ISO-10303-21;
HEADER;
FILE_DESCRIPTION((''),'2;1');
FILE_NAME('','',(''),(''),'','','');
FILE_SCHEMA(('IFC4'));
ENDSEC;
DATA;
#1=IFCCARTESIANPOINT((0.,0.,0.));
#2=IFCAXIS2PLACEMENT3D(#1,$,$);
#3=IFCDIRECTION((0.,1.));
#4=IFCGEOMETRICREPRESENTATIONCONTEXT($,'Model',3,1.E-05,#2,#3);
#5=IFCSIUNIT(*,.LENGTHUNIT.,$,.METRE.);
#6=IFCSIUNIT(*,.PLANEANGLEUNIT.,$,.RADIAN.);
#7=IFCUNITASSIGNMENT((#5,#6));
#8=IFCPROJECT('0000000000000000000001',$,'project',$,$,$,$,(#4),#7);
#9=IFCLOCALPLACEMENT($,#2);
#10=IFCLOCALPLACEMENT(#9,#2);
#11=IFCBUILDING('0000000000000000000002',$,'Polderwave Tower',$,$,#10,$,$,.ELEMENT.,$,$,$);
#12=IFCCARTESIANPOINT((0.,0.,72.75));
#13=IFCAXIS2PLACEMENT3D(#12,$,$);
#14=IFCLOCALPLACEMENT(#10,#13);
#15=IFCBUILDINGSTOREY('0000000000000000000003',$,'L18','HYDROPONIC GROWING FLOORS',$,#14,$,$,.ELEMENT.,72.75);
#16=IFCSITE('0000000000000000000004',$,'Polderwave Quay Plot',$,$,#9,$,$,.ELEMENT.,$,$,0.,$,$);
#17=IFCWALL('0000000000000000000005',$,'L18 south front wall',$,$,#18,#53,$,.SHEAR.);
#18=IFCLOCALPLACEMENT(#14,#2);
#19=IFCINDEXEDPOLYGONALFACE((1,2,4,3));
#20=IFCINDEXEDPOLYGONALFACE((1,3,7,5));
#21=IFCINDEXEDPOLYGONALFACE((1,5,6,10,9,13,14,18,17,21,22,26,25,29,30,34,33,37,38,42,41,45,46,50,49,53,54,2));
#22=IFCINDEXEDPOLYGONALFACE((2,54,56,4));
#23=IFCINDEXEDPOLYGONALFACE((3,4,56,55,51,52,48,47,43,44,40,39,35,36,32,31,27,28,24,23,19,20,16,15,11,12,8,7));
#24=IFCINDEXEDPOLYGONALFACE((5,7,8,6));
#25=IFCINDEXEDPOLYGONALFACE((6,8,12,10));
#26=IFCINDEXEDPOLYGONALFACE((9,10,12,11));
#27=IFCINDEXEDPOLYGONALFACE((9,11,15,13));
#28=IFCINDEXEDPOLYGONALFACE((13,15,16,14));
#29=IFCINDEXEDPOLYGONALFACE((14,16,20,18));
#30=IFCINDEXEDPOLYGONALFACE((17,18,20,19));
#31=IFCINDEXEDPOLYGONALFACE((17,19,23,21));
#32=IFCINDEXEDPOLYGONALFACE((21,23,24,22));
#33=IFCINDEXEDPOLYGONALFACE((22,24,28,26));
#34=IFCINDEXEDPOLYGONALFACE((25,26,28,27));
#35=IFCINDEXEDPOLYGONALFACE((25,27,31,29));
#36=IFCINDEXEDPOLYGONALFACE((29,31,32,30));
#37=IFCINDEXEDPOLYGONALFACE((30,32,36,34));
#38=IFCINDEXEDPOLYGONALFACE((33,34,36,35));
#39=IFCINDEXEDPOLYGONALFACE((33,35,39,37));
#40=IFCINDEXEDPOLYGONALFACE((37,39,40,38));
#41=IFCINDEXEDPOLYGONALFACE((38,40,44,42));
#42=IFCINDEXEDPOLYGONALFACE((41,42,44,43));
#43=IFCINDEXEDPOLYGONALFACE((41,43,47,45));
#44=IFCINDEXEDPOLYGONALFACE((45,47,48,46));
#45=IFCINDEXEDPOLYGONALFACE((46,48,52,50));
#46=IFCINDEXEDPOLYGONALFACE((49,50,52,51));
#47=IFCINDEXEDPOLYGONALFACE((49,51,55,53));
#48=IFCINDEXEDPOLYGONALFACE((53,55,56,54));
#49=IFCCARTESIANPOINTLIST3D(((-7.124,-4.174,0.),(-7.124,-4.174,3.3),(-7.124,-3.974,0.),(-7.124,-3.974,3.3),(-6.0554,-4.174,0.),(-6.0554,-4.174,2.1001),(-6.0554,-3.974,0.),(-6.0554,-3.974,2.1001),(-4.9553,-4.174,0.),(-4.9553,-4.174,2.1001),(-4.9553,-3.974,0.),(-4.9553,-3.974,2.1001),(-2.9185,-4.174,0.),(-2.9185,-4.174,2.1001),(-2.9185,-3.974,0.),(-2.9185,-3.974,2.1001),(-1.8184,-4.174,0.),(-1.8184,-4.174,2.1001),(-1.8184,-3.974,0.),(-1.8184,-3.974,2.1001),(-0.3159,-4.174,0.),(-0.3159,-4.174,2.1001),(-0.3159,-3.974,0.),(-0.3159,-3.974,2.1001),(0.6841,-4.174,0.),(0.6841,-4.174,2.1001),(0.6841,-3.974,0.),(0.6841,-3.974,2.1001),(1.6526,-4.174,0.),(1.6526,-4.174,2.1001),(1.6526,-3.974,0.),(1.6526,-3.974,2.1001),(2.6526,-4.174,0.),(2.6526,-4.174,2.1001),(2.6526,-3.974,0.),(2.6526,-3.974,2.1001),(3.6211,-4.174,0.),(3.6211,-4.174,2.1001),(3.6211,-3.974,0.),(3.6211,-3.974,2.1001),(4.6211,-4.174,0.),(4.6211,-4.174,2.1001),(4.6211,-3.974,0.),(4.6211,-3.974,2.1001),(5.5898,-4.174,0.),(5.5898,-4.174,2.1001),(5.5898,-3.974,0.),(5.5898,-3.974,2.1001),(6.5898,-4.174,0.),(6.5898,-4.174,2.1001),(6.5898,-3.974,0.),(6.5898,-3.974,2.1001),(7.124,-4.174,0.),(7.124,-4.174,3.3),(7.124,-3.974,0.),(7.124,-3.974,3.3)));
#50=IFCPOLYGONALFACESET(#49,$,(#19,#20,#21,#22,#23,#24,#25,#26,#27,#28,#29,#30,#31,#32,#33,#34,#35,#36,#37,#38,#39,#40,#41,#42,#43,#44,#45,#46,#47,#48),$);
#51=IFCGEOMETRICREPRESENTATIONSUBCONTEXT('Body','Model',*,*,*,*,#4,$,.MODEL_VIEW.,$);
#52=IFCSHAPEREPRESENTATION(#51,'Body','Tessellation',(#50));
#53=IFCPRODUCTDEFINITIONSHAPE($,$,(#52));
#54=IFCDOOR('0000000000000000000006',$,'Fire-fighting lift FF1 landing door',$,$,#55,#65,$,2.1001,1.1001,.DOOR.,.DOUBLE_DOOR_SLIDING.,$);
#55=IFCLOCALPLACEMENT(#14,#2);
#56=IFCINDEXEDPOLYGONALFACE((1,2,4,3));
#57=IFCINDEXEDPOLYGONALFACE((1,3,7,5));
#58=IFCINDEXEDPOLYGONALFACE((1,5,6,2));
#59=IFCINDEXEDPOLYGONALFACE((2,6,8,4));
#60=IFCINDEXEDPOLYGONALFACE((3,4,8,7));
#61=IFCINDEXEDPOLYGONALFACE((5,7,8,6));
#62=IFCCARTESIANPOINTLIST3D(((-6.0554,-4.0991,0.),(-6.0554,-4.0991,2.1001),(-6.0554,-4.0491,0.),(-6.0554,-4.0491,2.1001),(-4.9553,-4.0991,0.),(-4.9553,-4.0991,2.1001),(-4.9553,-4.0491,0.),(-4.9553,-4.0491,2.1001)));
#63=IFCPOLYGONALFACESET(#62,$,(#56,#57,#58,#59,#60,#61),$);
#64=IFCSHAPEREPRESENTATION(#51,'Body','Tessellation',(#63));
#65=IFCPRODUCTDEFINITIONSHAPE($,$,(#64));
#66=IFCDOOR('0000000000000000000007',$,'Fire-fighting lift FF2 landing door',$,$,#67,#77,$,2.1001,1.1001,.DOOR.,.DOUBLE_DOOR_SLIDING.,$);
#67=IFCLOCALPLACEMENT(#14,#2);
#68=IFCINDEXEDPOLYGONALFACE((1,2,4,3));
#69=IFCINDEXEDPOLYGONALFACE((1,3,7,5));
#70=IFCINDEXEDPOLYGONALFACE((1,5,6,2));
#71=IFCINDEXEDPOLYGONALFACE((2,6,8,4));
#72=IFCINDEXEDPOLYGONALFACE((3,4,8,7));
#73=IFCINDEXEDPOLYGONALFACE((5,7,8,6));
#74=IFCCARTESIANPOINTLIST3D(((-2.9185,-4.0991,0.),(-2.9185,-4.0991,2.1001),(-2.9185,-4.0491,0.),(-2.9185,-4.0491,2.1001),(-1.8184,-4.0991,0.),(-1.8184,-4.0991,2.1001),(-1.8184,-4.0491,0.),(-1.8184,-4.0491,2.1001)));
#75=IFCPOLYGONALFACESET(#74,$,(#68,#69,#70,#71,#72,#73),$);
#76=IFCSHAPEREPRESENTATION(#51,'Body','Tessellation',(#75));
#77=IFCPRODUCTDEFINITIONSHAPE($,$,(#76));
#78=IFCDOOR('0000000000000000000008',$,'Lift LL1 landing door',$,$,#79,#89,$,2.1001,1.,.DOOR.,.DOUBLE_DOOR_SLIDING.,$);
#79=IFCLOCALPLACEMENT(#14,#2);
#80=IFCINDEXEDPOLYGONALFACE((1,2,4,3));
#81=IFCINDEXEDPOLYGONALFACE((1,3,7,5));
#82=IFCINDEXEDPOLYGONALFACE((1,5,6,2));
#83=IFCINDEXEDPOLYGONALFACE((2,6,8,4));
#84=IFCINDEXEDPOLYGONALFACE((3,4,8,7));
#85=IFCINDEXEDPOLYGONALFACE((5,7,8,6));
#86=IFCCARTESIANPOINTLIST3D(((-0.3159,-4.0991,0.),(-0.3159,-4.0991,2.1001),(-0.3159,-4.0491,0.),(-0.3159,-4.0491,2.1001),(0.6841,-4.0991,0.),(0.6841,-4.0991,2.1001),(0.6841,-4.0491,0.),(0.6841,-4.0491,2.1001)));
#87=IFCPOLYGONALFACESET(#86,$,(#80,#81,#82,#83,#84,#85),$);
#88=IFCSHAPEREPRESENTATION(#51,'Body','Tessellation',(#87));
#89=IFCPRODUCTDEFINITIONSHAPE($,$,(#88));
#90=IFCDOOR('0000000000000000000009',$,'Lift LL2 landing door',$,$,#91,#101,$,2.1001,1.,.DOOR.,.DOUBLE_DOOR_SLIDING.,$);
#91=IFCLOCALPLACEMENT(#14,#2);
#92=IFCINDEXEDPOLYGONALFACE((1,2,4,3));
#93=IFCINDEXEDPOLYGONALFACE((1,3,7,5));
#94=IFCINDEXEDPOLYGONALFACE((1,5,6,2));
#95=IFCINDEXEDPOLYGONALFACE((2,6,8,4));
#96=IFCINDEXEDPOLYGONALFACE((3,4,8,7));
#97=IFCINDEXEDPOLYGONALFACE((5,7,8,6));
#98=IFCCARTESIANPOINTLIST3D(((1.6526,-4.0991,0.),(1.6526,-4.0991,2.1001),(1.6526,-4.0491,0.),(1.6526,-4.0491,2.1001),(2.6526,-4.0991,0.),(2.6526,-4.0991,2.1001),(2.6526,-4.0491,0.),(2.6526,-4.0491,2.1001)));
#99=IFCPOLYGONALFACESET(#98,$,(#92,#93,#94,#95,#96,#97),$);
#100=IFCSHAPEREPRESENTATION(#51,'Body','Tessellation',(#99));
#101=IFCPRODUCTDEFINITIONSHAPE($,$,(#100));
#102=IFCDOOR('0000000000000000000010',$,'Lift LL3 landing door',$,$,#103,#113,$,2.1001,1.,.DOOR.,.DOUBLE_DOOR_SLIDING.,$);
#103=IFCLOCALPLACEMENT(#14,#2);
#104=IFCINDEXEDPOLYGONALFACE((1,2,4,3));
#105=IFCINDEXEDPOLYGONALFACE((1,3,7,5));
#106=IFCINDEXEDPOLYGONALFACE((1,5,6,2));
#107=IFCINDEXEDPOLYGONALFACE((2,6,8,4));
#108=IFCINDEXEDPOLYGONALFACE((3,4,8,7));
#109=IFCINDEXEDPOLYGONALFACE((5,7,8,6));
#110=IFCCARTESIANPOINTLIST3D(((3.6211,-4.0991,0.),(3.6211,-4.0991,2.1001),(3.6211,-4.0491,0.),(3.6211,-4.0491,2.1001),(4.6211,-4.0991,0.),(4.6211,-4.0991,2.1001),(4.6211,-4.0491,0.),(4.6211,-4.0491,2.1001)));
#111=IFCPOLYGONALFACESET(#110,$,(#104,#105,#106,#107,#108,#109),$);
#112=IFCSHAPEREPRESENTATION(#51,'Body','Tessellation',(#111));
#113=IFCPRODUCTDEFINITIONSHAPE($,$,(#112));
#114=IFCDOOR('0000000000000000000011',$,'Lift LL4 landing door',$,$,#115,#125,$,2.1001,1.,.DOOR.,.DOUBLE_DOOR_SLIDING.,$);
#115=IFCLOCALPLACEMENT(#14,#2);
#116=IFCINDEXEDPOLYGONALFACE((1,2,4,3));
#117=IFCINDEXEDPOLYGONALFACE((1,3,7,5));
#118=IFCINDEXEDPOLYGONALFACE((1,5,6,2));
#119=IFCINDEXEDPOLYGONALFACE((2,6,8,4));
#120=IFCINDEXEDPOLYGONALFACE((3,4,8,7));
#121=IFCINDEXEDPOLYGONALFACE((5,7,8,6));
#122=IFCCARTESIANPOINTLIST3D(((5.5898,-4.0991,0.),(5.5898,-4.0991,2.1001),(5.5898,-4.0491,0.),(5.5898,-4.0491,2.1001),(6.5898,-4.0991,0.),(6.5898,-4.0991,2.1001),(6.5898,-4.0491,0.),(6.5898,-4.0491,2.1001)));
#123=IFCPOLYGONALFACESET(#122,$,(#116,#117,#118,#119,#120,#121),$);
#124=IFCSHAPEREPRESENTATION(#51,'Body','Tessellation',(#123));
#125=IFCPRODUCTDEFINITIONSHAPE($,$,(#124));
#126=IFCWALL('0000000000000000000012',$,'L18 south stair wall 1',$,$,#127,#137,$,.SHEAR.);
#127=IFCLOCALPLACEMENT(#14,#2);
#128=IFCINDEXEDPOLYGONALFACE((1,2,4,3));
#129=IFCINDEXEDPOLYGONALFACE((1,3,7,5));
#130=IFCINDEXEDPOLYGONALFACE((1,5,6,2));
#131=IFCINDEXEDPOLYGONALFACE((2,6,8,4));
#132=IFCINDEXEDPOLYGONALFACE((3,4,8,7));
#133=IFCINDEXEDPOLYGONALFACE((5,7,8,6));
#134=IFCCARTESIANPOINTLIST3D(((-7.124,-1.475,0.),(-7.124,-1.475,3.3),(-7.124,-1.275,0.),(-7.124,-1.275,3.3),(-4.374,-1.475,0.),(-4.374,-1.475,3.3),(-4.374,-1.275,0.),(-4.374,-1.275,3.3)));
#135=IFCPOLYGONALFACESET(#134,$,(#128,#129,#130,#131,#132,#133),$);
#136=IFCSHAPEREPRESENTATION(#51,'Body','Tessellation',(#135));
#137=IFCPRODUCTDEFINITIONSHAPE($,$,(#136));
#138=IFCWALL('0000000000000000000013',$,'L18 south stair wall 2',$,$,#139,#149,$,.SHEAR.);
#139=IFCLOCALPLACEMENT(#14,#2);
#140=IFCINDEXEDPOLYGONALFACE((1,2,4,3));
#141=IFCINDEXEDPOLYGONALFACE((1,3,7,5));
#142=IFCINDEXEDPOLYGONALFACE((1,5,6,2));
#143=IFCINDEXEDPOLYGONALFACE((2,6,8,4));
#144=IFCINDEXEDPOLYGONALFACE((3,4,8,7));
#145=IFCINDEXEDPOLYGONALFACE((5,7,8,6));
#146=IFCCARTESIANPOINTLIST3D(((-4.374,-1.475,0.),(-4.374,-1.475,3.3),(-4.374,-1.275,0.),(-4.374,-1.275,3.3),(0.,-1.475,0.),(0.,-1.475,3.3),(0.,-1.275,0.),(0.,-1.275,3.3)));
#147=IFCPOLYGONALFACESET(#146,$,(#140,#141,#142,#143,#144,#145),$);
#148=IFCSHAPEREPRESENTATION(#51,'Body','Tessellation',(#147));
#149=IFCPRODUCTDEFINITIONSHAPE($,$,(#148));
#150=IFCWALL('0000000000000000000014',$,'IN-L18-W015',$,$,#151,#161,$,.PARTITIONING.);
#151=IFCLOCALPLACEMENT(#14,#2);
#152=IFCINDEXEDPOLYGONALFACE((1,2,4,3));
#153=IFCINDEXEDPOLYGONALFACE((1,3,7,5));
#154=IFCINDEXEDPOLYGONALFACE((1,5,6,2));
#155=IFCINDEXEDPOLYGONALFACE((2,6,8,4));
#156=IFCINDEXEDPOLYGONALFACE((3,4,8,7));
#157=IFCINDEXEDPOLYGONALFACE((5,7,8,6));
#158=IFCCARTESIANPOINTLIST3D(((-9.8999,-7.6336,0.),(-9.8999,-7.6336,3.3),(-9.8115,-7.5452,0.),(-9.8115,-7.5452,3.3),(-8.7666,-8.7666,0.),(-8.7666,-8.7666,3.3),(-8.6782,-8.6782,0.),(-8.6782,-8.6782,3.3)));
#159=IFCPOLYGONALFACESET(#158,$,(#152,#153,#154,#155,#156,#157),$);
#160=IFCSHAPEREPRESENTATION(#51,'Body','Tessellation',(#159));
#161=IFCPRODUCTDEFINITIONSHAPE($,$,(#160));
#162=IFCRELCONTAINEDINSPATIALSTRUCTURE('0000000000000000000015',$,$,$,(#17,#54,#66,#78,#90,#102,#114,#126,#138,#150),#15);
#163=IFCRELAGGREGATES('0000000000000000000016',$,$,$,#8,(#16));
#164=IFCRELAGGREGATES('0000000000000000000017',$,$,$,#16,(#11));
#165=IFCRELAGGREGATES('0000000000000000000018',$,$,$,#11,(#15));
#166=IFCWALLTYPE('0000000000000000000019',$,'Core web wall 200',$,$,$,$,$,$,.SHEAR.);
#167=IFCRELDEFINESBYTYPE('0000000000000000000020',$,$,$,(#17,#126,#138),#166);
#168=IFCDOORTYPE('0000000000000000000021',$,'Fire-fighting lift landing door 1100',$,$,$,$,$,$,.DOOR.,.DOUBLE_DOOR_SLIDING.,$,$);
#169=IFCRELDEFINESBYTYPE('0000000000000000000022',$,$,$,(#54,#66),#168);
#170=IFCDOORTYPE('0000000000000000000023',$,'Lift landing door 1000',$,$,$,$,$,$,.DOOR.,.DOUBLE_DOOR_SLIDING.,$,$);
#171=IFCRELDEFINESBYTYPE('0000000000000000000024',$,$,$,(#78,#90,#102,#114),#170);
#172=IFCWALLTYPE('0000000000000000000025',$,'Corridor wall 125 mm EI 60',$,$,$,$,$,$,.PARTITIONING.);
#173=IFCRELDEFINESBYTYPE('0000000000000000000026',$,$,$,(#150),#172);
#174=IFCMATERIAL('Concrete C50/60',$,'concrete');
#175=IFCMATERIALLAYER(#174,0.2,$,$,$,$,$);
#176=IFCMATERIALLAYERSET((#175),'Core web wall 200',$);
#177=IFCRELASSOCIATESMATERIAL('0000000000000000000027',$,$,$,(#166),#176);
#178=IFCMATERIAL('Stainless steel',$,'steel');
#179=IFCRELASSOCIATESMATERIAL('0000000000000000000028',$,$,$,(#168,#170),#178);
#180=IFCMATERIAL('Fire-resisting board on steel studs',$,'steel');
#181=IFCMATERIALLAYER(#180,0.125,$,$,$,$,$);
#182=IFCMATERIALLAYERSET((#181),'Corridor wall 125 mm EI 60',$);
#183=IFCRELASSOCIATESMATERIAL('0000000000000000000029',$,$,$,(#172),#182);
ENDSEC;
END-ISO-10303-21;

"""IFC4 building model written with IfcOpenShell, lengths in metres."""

from ifc_helpers import new_model, si_unit, direction, frame, frame_2d, origin, place, context, subcontext, project, spatial, rectangle, extrude, material, layer, layer_set, type_object, element, fill, save


model = new_model("IFC4")

# Units and contexts
model_context = context("Model", 3, precision=1e-05, world=origin(), true_north=direction((0.0, 1.0)))
body_context = subcontext(model_context, "Body", "Model", "MODEL_VIEW")
ifc_project = project(units=[si_unit("LENGTHUNIT", "METRE"), si_unit("PLANEANGLEUNIT", "RADIAN")], contexts=[model_context])

# Site, building, storey
site_placement = place(None, origin())
site = spatial("IfcSite", under=ifc_project, at=site_placement, Name="Polderwave Quay Plot", CompositionType="ELEMENT", RefElevation=0.0)
building_placement = place(site_placement, origin())
building = spatial("IfcBuilding", under=site, at=building_placement, Name="Polderwave Tower", CompositionType="ELEMENT")
storey_placement = place(building_placement, frame((0.0, 0.0, 72.75)))
storey = spatial("IfcBuildingStorey", under=building, at=storey_placement, Name="L18", Description="HYDROPONIC GROWING FLOORS", CompositionType="ELEMENT", Elevation=72.75)

# Wall, openings, doors
ifc_material_1 = material(Name="Concrete C50/60", Category="concrete")
ifc_layer_1 = layer(ifc_material_1, 0.2)
ifc_layer_set_1 = layer_set([ifc_layer_1], Name="Core web wall 200")
wall_type_1 = type_object("IfcWallType", Name="Core web wall 200", PredefinedType="SHEAR", material=ifc_layer_set_1)
wall_1_placement = place(storey_placement, frame((-7.124, -4.074, 0.0), z_axis=(0.0, 0.0, 1.0), x_axis=(1.0, 0.0, 0.0)))
wall_1 = element("IfcWall", 1, at=wall_1_placement, inside=storey, type_object=wall_type_1, Name="L18 south front wall", PredefinedType="SHEAR", context=body_context, shape_type="SweptSolid", body=[
    extrude(rectangle(XDim=14.248, YDim=0.2, at=frame_2d((7.124, 0.0))), origin(), (0.0, 0.0, 1.0), 3.3),
])
opening_1_placement = place(wall_1_placement, frame((1.0686, 0.0, 0.0)))
opening_1 = element("IfcOpeningElement", 2, at=opening_1_placement, cuts=wall_1, PredefinedType="OPENING", context=body_context, shape_type="SweptSolid", body=[
    extrude(rectangle(XDim=1.1001, YDim=2.1001, at=frame_2d((0.55, 1.05))), frame((0.0, 0.1099, 0.0), z_axis=(0.0, -1.0, 0.0), x_axis=(1.0, 0.0, 0.0)), (0.0, 0.0, 1.0), 0.22),
])
opening_2_placement = place(wall_1_placement, frame((4.2056, 0.0, 0.0)))
opening_2 = element("IfcOpeningElement", 3, at=opening_2_placement, cuts=wall_1, PredefinedType="OPENING", context=body_context, shape_type="SweptSolid", body=[
    extrude(rectangle(XDim=1.1001, YDim=2.1001, at=frame_2d((0.55, 1.05))), frame((0.0, 0.1099, 0.0), z_axis=(0.0, -1.0, 0.0), x_axis=(1.0, 0.0, 0.0)), (0.0, 0.0, 1.0), 0.22),
])
opening_3_placement = place(wall_1_placement, frame((6.8081, 0.0, 0.0)))
opening_3 = element("IfcOpeningElement", 4, at=opening_3_placement, cuts=wall_1, PredefinedType="OPENING", context=body_context, shape_type="SweptSolid", body=[
    extrude(rectangle(XDim=1.0, YDim=2.1001, at=frame_2d((0.5, 1.05))), frame((0.0, 0.1099, 0.0), z_axis=(0.0, -1.0, 0.0), x_axis=(1.0, 0.0, 0.0)), (0.0, 0.0, 1.0), 0.22),
])
opening_4_placement = place(wall_1_placement, frame((8.7766, 0.0, 0.0)))
opening_4 = element("IfcOpeningElement", 5, at=opening_4_placement, cuts=wall_1, PredefinedType="OPENING", context=body_context, shape_type="SweptSolid", body=[
    extrude(rectangle(XDim=1.0, YDim=2.1001, at=frame_2d((0.5, 1.05))), frame((0.0, 0.1099, 0.0), z_axis=(0.0, -1.0, 0.0), x_axis=(1.0, 0.0, 0.0)), (0.0, 0.0, 1.0), 0.22),
])
opening_5_placement = place(wall_1_placement, frame((10.7451, 0.0, 0.0)))
opening_5 = element("IfcOpeningElement", 6, at=opening_5_placement, cuts=wall_1, PredefinedType="OPENING", context=body_context, shape_type="SweptSolid", body=[
    extrude(rectangle(XDim=1.0, YDim=2.1001, at=frame_2d((0.5, 1.05))), frame((0.0, 0.1099, 0.0), z_axis=(0.0, -1.0, 0.0), x_axis=(1.0, 0.0, 0.0)), (0.0, 0.0, 1.0), 0.22),
])
opening_6_placement = place(wall_1_placement, frame((12.7139, 0.0, 0.0)))
opening_6 = element("IfcOpeningElement", 7, at=opening_6_placement, cuts=wall_1, PredefinedType="OPENING", context=body_context, shape_type="SweptSolid", body=[
    extrude(rectangle(XDim=1.0, YDim=2.1001, at=frame_2d((0.5, 1.05))), frame((0.0, 0.1099, 0.0), z_axis=(0.0, -1.0, 0.0), x_axis=(1.0, 0.0, 0.0)), (0.0, 0.0, 1.0), 0.22),
])
ifc_material_2 = material(Name="Stainless steel", Category="steel")
door_type_1 = type_object("IfcDoorType", Name="Fire-fighting lift landing door 1100", OperationType="DOUBLE_DOOR_SLIDING", PredefinedType="DOOR", material=ifc_material_2)
door_1_placement = place(opening_1_placement, origin())
door_1 = element("IfcDoor", 8, at=door_1_placement, inside=storey, type_object=door_type_1, Name="Fire-fighting lift FF1 landing door", OperationType="DOUBLE_DOOR_SLIDING", OverallHeight=2.1001, OverallWidth=1.1001, PredefinedType="DOOR", context=body_context, shape_type="SweptSolid", body=[
    extrude(rectangle(XDim=1.1001, YDim=2.1001, at=frame_2d((0.55, 1.05))), frame((0.0, 0.0249, 0.0), z_axis=(0.0, -1.0, 0.0), x_axis=(1.0, 0.0, 0.0)), (0.0, 0.0, 1.0), 0.05),
])
fill(opening_1, door_1)
door_2_placement = place(opening_2_placement, origin())
door_2 = element("IfcDoor", 9, at=door_2_placement, inside=storey, type_object=door_type_1, Name="Fire-fighting lift FF2 landing door", OperationType="DOUBLE_DOOR_SLIDING", OverallHeight=2.1001, OverallWidth=1.1001, PredefinedType="DOOR", context=body_context, shape_type="SweptSolid", body=[
    extrude(rectangle(XDim=1.1001, YDim=2.1001, at=frame_2d((0.55, 1.05))), frame((0.0, 0.0249, 0.0), z_axis=(0.0, -1.0, 0.0), x_axis=(1.0, 0.0, 0.0)), (0.0, 0.0, 1.0), 0.05),
])
fill(opening_2, door_2)
door_type_2 = type_object("IfcDoorType", Name="Lift landing door 1000", OperationType="DOUBLE_DOOR_SLIDING", PredefinedType="DOOR", material=ifc_material_2)
door_3_placement = place(opening_3_placement, origin())
door_3 = element("IfcDoor", 10, at=door_3_placement, inside=storey, type_object=door_type_2, Name="Lift LL1 landing door", OperationType="DOUBLE_DOOR_SLIDING", OverallHeight=2.1001, OverallWidth=1.0, PredefinedType="DOOR", context=body_context, shape_type="SweptSolid", body=[
    extrude(rectangle(XDim=1.0, YDim=2.1001, at=frame_2d((0.5, 1.05))), frame((0.0, 0.0249, 0.0), z_axis=(0.0, -1.0, 0.0), x_axis=(1.0, 0.0, 0.0)), (0.0, 0.0, 1.0), 0.05),
])
fill(opening_3, door_3)
door_4_placement = place(opening_4_placement, origin())
door_4 = element("IfcDoor", 11, at=door_4_placement, inside=storey, type_object=door_type_2, Name="Lift LL2 landing door", OperationType="DOUBLE_DOOR_SLIDING", OverallHeight=2.1001, OverallWidth=1.0, PredefinedType="DOOR", context=body_context, shape_type="SweptSolid", body=[
    extrude(rectangle(XDim=1.0, YDim=2.1001, at=frame_2d((0.5, 1.05))), frame((0.0, 0.0249, 0.0), z_axis=(0.0, -1.0, 0.0), x_axis=(1.0, 0.0, 0.0)), (0.0, 0.0, 1.0), 0.05),
])
fill(opening_4, door_4)
door_5_placement = place(opening_5_placement, origin())
door_5 = element("IfcDoor", 12, at=door_5_placement, inside=storey, type_object=door_type_2, Name="Lift LL3 landing door", OperationType="DOUBLE_DOOR_SLIDING", OverallHeight=2.1001, OverallWidth=1.0, PredefinedType="DOOR", context=body_context, shape_type="SweptSolid", body=[
    extrude(rectangle(XDim=1.0, YDim=2.1001, at=frame_2d((0.5, 1.05))), frame((0.0, 0.0249, 0.0), z_axis=(0.0, -1.0, 0.0), x_axis=(1.0, 0.0, 0.0)), (0.0, 0.0, 1.0), 0.05),
])
fill(opening_5, door_5)
door_6_placement = place(opening_6_placement, origin())
door_6 = element("IfcDoor", 13, at=door_6_placement, inside=storey, type_object=door_type_2, Name="Lift LL4 landing door", OperationType="DOUBLE_DOOR_SLIDING", OverallHeight=2.1001, OverallWidth=1.0, PredefinedType="DOOR", context=body_context, shape_type="SweptSolid", body=[
    extrude(rectangle(XDim=1.0, YDim=2.1001, at=frame_2d((0.5, 1.05))), frame((0.0, 0.0249, 0.0), z_axis=(0.0, -1.0, 0.0), x_axis=(1.0, 0.0, 0.0)), (0.0, 0.0, 1.0), 0.05),
])
fill(opening_6, door_6)

# Walls
wall_2_placement = place(storey_placement, frame((-7.124, -1.375, 0.0), z_axis=(0.0, 0.0, 1.0), x_axis=(1.0, 0.0, 0.0)))
element("IfcWall", 14, at=wall_2_placement, inside=storey, type_object=wall_type_1, Name="L18 south stair wall 1", PredefinedType="SHEAR", context=body_context, shape_type="SweptSolid", body=[
    extrude(rectangle(XDim=2.75, YDim=0.2, at=frame_2d((1.375, 0.0))), origin(), (0.0, 0.0, 1.0), 3.3),
])
wall_3_placement = place(storey_placement, frame((-4.374, -1.375, 0.0), z_axis=(0.0, 0.0, 1.0), x_axis=(1.0, 0.0, 0.0)))
element("IfcWall", 15, at=wall_3_placement, inside=storey, type_object=wall_type_1, Name="L18 south stair wall 2", PredefinedType="SHEAR", context=body_context, shape_type="SweptSolid", body=[
    extrude(rectangle(XDim=4.374, YDim=0.2, at=frame_2d((2.187, 0.0))), origin(), (0.0, 0.0, 1.0), 3.3),
])
ifc_material_3 = material(Name="Fire-resisting board on steel studs", Category="steel")
ifc_layer_2 = layer(ifc_material_3, 0.125)
ifc_layer_set_2 = layer_set([ifc_layer_2], Name="Corridor wall 125 mm EI 60")
wall_type_2 = type_object("IfcWallType", Name="Corridor wall 125 mm EI 60", PredefinedType="PARTITIONING", material=ifc_layer_set_2)
wall_4_placement = place(storey_placement, frame((-8.7224, -8.7224, 0.0), z_axis=(0.0, 0.0, 1.0), x_axis=(-0.707183, 0.707031, 0.0)))
element("IfcWall", 16, at=wall_4_placement, inside=storey, type_object=wall_type_2, Name="IN-L18-W015", PredefinedType="PARTITIONING", context=body_context, shape_type="SweptSolid", body=[
    extrude(rectangle(XDim=1.6025, YDim=0.125, at=frame_2d((0.8013, 0.0))), origin(), (0.0, 0.0, 1.0), 3.3),
])

save(model, "model.ifc")
